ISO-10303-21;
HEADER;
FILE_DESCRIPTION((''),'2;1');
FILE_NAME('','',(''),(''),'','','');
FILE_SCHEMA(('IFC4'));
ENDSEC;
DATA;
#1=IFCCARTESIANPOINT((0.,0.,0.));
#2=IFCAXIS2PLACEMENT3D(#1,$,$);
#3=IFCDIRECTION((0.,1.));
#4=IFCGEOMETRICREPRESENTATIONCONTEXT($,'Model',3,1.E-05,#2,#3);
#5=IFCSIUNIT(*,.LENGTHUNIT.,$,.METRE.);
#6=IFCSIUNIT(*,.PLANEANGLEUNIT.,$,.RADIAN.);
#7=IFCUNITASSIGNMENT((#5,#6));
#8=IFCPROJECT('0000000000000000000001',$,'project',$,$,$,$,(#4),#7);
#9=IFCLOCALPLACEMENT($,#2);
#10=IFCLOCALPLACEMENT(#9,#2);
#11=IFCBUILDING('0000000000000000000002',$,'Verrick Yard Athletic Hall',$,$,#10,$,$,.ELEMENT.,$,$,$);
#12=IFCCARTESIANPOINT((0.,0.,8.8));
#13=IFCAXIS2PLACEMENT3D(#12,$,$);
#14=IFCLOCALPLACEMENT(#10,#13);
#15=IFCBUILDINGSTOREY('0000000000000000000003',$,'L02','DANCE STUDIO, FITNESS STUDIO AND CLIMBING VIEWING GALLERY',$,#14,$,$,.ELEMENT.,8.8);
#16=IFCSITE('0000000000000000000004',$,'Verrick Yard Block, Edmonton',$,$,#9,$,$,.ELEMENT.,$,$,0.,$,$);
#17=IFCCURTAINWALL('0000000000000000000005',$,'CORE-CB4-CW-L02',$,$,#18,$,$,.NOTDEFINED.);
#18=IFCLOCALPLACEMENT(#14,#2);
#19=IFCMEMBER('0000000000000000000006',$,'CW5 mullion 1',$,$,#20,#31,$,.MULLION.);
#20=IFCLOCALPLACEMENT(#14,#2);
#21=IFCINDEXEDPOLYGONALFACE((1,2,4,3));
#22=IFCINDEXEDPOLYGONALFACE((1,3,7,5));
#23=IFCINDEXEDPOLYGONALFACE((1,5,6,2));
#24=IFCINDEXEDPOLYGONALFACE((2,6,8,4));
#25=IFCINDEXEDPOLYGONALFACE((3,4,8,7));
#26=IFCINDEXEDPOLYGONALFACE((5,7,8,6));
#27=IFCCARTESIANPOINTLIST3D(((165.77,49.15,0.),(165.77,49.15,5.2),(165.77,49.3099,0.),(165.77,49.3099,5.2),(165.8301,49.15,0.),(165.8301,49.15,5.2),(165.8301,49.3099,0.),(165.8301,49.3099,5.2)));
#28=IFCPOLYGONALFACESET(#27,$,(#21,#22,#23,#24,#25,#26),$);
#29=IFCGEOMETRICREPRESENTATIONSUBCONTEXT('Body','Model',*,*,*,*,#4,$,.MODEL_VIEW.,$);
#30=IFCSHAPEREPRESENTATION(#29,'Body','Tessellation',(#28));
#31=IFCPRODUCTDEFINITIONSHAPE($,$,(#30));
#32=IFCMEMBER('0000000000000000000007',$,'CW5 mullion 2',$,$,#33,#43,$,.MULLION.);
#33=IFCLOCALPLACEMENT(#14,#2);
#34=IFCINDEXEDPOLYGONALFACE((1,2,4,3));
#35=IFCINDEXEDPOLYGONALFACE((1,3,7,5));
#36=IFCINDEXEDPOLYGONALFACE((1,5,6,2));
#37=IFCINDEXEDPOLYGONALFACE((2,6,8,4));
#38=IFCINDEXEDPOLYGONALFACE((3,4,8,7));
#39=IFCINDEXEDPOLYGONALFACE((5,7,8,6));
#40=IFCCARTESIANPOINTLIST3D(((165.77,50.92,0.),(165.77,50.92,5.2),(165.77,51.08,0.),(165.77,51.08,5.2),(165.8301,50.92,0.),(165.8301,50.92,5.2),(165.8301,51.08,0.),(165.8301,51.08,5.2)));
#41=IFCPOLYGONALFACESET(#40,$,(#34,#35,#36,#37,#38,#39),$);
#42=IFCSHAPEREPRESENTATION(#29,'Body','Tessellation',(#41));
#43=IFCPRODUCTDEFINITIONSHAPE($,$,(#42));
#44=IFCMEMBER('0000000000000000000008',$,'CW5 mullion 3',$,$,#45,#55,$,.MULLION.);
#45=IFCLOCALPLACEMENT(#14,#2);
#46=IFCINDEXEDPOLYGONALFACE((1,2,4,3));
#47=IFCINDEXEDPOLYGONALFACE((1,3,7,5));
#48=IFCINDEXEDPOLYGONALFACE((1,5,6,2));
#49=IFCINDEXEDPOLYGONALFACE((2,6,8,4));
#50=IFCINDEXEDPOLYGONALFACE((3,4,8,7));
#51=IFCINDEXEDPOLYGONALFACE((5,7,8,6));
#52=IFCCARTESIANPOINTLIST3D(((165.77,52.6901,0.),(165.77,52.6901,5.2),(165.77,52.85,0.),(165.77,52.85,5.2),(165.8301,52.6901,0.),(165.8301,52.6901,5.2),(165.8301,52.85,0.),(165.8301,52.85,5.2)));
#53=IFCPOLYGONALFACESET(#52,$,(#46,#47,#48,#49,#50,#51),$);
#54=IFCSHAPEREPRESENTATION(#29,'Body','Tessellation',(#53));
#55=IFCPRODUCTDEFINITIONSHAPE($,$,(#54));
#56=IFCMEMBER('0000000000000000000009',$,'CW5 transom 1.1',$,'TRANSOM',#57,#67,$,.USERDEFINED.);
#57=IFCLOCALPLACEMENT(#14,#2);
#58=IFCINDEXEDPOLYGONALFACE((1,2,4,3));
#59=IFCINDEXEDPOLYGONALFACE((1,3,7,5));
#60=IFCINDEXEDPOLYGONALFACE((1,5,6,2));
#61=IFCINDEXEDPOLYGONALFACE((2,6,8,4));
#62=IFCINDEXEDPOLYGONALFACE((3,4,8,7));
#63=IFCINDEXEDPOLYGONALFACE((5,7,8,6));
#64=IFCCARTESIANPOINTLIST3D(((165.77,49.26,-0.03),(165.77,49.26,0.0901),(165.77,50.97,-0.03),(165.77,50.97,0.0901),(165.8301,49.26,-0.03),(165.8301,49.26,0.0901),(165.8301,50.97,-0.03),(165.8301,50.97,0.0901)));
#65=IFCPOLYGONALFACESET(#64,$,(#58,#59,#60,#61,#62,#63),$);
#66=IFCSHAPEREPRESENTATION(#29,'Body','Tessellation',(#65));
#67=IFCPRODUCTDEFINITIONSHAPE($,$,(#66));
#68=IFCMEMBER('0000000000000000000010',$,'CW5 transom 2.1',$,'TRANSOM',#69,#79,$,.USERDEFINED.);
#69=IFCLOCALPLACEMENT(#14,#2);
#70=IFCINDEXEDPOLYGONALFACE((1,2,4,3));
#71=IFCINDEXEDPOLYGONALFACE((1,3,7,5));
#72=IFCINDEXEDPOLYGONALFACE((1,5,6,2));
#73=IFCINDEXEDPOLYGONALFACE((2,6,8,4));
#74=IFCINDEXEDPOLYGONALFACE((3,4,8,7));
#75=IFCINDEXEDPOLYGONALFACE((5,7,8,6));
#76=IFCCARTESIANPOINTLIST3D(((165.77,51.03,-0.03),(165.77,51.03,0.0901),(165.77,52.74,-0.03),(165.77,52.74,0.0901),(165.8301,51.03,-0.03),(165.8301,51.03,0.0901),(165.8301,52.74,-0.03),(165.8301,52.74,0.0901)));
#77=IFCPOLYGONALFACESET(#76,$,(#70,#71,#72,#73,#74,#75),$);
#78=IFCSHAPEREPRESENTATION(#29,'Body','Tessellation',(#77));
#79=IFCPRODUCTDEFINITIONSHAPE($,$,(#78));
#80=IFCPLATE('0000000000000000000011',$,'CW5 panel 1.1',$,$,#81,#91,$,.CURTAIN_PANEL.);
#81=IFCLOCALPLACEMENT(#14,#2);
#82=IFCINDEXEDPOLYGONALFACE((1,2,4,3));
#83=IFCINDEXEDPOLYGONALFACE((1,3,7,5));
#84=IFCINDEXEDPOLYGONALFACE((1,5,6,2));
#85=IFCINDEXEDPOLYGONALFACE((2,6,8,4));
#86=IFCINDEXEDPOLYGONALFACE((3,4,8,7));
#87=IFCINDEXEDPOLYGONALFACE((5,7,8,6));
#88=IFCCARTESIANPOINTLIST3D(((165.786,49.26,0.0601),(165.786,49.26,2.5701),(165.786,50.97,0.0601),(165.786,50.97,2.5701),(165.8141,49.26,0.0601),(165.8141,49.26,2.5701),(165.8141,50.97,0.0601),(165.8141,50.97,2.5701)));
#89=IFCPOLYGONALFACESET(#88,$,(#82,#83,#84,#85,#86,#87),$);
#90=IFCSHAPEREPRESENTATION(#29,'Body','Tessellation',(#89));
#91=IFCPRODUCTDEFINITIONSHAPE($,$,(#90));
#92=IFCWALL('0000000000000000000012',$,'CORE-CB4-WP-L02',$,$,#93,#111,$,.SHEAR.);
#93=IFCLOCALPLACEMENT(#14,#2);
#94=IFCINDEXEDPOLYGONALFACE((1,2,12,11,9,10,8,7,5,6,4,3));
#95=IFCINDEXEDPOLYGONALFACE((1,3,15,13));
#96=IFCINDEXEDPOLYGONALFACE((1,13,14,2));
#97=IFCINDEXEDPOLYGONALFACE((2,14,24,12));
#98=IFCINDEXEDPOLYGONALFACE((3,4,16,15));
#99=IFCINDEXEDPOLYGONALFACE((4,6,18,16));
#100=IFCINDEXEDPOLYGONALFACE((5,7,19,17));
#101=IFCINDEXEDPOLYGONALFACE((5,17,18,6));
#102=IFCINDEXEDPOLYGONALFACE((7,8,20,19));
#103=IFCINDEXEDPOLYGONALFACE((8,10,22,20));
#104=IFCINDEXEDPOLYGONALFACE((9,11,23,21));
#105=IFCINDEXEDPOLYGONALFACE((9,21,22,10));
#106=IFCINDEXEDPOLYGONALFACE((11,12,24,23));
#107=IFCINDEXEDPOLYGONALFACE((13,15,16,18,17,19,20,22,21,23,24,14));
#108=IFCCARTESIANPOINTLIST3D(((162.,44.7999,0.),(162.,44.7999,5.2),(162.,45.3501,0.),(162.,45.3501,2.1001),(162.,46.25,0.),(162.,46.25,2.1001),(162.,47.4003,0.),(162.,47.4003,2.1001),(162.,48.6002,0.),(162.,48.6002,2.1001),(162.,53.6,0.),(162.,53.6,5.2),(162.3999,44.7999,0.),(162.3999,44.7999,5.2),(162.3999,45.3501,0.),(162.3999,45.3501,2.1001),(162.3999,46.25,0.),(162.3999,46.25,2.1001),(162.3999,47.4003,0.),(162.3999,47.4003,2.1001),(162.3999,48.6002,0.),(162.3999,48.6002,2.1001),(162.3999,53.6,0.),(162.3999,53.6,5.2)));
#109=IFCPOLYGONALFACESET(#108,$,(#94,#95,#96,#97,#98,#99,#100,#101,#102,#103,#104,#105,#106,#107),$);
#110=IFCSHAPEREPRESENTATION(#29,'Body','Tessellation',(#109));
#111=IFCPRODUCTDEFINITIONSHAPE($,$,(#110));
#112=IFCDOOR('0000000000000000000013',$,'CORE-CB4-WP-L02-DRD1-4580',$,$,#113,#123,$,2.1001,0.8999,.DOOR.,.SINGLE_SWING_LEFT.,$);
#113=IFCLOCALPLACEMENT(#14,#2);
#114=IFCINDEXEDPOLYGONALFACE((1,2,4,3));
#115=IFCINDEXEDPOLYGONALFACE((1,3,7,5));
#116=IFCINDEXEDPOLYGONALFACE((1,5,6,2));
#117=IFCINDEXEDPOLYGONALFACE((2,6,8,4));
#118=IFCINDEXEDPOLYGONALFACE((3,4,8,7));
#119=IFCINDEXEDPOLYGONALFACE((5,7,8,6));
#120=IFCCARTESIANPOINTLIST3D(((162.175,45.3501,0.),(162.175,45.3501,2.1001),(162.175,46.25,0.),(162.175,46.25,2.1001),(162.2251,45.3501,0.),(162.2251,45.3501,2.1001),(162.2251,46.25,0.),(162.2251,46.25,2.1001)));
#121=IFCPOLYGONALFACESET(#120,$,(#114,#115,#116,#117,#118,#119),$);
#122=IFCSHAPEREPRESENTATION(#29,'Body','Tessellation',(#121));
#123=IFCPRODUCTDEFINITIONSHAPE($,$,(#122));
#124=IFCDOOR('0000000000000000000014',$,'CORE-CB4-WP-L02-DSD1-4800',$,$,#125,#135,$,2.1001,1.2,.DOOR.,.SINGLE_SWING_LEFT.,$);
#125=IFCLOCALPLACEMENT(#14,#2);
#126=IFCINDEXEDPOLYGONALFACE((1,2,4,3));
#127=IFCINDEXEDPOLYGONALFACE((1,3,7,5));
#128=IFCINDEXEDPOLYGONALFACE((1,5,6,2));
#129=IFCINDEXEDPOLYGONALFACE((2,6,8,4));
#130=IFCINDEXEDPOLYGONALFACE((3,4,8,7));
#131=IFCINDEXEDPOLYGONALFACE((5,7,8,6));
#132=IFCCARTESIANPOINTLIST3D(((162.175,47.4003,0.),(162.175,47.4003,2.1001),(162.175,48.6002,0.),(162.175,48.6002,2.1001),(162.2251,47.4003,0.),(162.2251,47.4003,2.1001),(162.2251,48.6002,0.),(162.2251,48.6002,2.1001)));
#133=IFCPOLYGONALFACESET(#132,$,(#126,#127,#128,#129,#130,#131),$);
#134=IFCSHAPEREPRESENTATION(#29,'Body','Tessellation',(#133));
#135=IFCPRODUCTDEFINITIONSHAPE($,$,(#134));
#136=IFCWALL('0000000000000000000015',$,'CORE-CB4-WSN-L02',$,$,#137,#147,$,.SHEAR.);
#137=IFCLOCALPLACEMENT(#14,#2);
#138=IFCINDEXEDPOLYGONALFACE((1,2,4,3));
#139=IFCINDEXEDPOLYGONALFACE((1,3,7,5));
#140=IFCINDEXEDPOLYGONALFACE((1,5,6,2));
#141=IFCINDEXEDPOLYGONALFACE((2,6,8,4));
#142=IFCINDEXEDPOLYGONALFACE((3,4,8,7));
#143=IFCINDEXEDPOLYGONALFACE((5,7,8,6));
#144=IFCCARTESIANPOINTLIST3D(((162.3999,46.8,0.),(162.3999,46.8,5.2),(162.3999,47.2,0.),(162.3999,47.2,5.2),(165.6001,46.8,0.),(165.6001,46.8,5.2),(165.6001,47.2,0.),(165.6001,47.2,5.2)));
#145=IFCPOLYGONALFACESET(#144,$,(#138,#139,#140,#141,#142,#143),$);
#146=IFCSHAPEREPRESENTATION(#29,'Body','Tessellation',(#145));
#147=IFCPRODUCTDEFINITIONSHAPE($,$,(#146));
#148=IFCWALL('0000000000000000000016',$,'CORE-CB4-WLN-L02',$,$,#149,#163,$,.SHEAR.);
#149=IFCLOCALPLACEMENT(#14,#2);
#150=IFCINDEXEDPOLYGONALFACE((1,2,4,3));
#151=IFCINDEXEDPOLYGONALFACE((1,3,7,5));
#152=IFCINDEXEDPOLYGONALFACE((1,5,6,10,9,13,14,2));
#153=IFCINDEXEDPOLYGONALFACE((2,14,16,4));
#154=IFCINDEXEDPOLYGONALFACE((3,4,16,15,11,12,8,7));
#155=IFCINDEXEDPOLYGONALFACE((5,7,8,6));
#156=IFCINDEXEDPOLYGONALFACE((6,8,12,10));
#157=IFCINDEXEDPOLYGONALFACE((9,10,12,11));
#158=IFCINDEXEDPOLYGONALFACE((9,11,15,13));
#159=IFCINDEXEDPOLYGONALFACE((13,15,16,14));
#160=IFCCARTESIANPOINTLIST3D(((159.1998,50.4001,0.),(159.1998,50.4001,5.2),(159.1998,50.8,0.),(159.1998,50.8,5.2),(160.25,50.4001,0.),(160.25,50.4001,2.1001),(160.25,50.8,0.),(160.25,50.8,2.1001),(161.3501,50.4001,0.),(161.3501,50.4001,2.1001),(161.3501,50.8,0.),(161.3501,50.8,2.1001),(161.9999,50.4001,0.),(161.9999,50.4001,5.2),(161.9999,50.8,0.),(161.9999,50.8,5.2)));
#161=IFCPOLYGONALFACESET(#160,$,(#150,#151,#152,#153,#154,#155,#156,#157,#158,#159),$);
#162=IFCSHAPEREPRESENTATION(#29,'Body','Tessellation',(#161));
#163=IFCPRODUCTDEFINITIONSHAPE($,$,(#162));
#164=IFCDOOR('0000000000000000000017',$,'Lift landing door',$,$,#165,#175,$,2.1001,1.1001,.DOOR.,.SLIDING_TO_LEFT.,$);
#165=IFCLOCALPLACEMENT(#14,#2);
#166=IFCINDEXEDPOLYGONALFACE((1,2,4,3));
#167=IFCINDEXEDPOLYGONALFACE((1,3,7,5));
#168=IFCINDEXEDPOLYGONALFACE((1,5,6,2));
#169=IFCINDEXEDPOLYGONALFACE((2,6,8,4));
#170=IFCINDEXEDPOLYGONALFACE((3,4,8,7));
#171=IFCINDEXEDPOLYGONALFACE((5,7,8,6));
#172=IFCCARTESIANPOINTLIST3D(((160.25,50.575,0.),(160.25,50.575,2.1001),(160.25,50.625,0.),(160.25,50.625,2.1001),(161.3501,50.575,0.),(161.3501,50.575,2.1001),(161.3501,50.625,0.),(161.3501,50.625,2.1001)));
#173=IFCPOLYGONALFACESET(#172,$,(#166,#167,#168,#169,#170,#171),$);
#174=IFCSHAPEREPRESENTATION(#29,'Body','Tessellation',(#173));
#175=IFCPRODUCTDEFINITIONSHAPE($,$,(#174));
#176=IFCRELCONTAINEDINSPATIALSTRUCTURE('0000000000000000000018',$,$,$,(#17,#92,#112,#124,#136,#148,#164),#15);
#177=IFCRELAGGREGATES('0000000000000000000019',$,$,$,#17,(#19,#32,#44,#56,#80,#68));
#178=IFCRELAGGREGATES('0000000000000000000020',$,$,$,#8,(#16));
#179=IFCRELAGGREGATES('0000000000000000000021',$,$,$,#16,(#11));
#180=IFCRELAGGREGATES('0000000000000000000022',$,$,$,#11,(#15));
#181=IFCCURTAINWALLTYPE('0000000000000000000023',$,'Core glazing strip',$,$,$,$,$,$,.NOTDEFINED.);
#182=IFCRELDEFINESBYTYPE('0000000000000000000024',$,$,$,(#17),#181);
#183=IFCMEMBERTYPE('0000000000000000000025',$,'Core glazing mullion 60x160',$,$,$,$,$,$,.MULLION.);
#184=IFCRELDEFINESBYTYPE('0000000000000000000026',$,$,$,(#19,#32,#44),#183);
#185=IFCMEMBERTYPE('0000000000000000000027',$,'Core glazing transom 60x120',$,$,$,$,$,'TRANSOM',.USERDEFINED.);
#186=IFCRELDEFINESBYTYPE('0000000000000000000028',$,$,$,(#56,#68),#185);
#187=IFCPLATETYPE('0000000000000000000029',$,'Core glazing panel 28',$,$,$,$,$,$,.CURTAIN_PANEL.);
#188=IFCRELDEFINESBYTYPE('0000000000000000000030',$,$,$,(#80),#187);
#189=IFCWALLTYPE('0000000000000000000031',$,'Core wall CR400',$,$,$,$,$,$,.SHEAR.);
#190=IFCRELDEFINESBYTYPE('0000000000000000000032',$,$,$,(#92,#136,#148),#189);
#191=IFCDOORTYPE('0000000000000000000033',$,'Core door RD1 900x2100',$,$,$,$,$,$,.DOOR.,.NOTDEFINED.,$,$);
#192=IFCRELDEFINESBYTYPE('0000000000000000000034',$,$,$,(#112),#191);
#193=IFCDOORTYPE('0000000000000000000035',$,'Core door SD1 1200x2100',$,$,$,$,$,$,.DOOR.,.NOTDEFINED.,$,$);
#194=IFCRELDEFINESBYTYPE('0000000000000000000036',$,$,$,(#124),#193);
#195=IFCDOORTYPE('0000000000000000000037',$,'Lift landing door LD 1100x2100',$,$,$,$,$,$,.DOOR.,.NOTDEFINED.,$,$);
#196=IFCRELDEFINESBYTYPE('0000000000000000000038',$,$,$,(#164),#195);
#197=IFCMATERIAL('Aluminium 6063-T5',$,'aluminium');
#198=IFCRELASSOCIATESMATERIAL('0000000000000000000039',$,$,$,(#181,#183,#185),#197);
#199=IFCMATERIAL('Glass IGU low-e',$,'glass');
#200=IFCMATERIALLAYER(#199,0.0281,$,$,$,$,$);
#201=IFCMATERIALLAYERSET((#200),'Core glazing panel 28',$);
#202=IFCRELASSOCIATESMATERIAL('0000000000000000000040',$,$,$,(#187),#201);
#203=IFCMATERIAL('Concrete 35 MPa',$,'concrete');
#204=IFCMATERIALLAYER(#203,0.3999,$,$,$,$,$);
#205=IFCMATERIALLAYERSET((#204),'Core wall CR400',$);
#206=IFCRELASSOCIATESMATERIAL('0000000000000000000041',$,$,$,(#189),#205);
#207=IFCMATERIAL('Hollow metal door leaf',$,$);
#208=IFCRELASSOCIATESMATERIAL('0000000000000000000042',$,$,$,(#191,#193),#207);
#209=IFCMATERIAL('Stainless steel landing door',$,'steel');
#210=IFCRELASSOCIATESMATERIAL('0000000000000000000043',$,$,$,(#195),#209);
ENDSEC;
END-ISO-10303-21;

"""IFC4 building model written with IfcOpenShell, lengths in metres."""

from ifc_helpers import new_model, si_unit, direction, frame, frame_2d, origin, origin_2d, place, context, subcontext, project, spatial, rectangle, extrude, material, layer, layer_set, material_profile, profile_set, type_object, element, fill, aggregate, save


model = new_model("IFC4")

# Units and contexts
model_context = context("Model", 3, precision=1e-05, world=origin(), true_north=direction((0.0, 1.0)))
body_context = subcontext(model_context, "Body", "Model", "MODEL_VIEW")
ifc_project = project(units=[si_unit("LENGTHUNIT", "METRE"), si_unit("PLANEANGLEUNIT", "RADIAN")], contexts=[model_context])

# Site, building, storey
site_placement = place(None, origin())
site = spatial("IfcSite", under=ifc_project, at=site_placement, Name="Verrick Yard Block, Edmonton", CompositionType="ELEMENT", RefElevation=0.0)
building_placement = place(site_placement, origin())
building = spatial("IfcBuilding", under=site, at=building_placement, Name="Verrick Yard Athletic Hall", CompositionType="ELEMENT")
storey_placement = place(building_placement, frame((0.0, 0.0, 8.8)))
storey = spatial("IfcBuildingStorey", under=building, at=storey_placement, Name="L02", Description="DANCE STUDIO, FITNESS STUDIO AND CLIMBING VIEWING GALLERY", CompositionType="ELEMENT", Elevation=8.8)

# Curtain wall, members, plate
ifc_material_1 = material(Name="Aluminium 6063-T5", Category="aluminium")
curtain_wall_type = type_object("IfcCurtainWallType", Name="Core glazing strip", PredefinedType="NOTDEFINED", material=ifc_material_1)
curtain_wall_placement = place(storey_placement, origin())
curtain_wall = element("IfcCurtainWall", 1, at=curtain_wall_placement, inside=storey, type_object=curtain_wall_type, Name="CORE-CB4-CW-L02", PredefinedType="NOTDEFINED")
ifc_material_profile_1 = material_profile(ifc_material_1, rectangle(XDim=0.0601, YDim=0.1599, at=origin_2d()), Name="Core glazing mullion 60x160")
ifc_profile_set_1 = profile_set([ifc_material_profile_1], Name="Aluminium 6063-T5")
member_type_1 = type_object("IfcMemberType", Name="Core glazing mullion 60x160", PredefinedType="MULLION", material=ifc_profile_set_1)
member_1_placement = place(storey_placement, frame((165.8, 49.23, 0.0), z_axis=(0.0, 0.0, 1.0), x_axis=(-1.0, 0.0, 0.0)))
member_1 = element("IfcMember", 2, at=member_1_placement, type_object=member_type_1, Name="CW5 mullion 1", PredefinedType="MULLION", context=body_context, shape_type="SweptSolid", body=[
    extrude(rectangle(XDim=0.0601, YDim=0.1599, at=origin_2d()), origin(), (0.0, 0.0, 1.0), 5.2),
])
member_2_placement = place(storey_placement, frame((165.8, 51.0, 0.0), z_axis=(0.0, 0.0, 1.0), x_axis=(-1.0, 0.0, 0.0)))
member_2 = element("IfcMember", 3, at=member_2_placement, type_object=member_type_1, Name="CW5 mullion 2", PredefinedType="MULLION", context=body_context, shape_type="SweptSolid", body=[
    extrude(rectangle(XDim=0.0601, YDim=0.1599, at=origin_2d()), origin(), (0.0, 0.0, 1.0), 5.2),
])
member_3_placement = place(storey_placement, frame((165.8, 52.77, 0.0), z_axis=(0.0, 0.0, 1.0), x_axis=(-1.0, 0.0, 0.0)))
member_3 = element("IfcMember", 4, at=member_3_placement, type_object=member_type_1, Name="CW5 mullion 3", PredefinedType="MULLION", context=body_context, shape_type="SweptSolid", body=[
    extrude(rectangle(XDim=0.0601, YDim=0.1599, at=origin_2d()), origin(), (0.0, 0.0, 1.0), 5.2),
])
ifc_material_profile_2 = material_profile(ifc_material_1, rectangle(XDim=0.0601, YDim=0.1201, at=origin_2d()), Name="Core glazing transom 60x120")
ifc_profile_set_2 = profile_set([ifc_material_profile_2], Name="Aluminium 6063-T5")
member_type_2 = type_object("IfcMemberType", Name="Core glazing transom 60x120", ElementType="TRANSOM", PredefinedType="USERDEFINED", material=ifc_profile_set_2)
member_4_placement = place(storey_placement, frame((165.8, 49.26, 0.03), z_axis=(0.0, 1.0, 0.0), x_axis=(-1.0, 0.0, 0.0)))
member_4 = element("IfcMember", 5, at=member_4_placement, type_object=member_type_2, Name="CW5 transom 1.1", ObjectType="TRANSOM", PredefinedType="USERDEFINED", context=body_context, shape_type="SweptSolid", body=[
    extrude(rectangle(XDim=0.0601, YDim=0.1201, at=origin_2d()), origin(), (0.0, 0.0, 1.0), 1.71),
])
member_5_placement = place(storey_placement, frame((165.8, 51.03, 0.03), z_axis=(0.0, 1.0, 0.0), x_axis=(-1.0, 0.0, 0.0)))
member_5 = element("IfcMember", 6, at=member_5_placement, type_object=member_type_2, Name="CW5 transom 2.1", ObjectType="TRANSOM", PredefinedType="USERDEFINED", context=body_context, shape_type="SweptSolid", body=[
    extrude(rectangle(XDim=0.0601, YDim=0.1201, at=origin_2d()), origin(), (0.0, 0.0, 1.0), 1.71),
])
ifc_material_2 = material(Name="Glass IGU low-e", Category="glass")
ifc_layer_1 = layer(ifc_material_2, 0.0281)
ifc_layer_set_1 = layer_set([ifc_layer_1], Name="Core glazing panel 28")
plate_type = type_object("IfcPlateType", Name="Core glazing panel 28", PredefinedType="CURTAIN_PANEL", material=ifc_layer_set_1)
plate_placement = place(storey_placement, frame((165.8, 50.115, 0.0601), z_axis=(0.0, 0.0, 1.0), x_axis=(0.0, 1.0, 0.0)))
plate = element("IfcPlate", 7, at=plate_placement, type_object=plate_type, Name="CW5 panel 1.1", PredefinedType="CURTAIN_PANEL", context=body_context, shape_type="SweptSolid", body=[
    extrude(rectangle(XDim=1.71, YDim=0.0281, at=origin_2d()), origin(), (0.0, 0.0, 1.0), 2.51),
])
aggregate(curtain_wall, [member_1, member_2, member_3, member_4, plate, member_5])

# Wall, openings, doors
ifc_material_3 = material(Name="Concrete 35 MPa", Category="concrete")
ifc_layer_2 = layer(ifc_material_3, 0.3999)
ifc_layer_set_2 = layer_set([ifc_layer_2], Name="Core wall CR400")
wall_type_1 = type_object("IfcWallType", Name="Core wall CR400", PredefinedType="SHEAR", material=ifc_layer_set_2)
wall_1_placement = place(storey_placement, frame((162.2, 44.8, 0.0), z_axis=(0.0, 0.0, 1.0), x_axis=(0.0, 1.0, 0.0)))
wall_1 = element("IfcWall", 8, at=wall_1_placement, inside=storey, type_object=wall_type_1, Name="CORE-CB4-WP-L02", PredefinedType="SHEAR", context=body_context, shape_type="SweptSolid", body=[
    extrude(rectangle(XDim=8.8, YDim=0.3999, at=frame_2d((4.3999, 0.0))), origin(), (0.0, 0.0, 1.0), 5.2),
])
opening_1_placement = place(wall_1_placement, frame((2.6001, 0.0, 0.0)))
opening_1 = element("IfcOpeningElement", 9, at=opening_1_placement, cuts=wall_1, PredefinedType="OPENING", context=body_context, shape_type="SweptSolid", body=[
    extrude(rectangle(XDim=1.2, YDim=2.1001, at=frame_2d((0.6001, 1.05))), frame((0.0, 0.21, 0.0), z_axis=(0.0, -1.0, 0.0), x_axis=(1.0, 0.0, 0.0)), (0.0, 0.0, 1.0), 0.4199),
])
opening_2_placement = place(wall_1_placement, frame((0.55, 0.0, 0.0)))
opening_2 = element("IfcOpeningElement", 10, at=opening_2_placement, cuts=wall_1, PredefinedType="OPENING", context=body_context, shape_type="SweptSolid", body=[
    extrude(rectangle(XDim=0.8999, YDim=2.1001, at=frame_2d((0.45, 1.05))), frame((0.0, 0.21, 0.0), z_axis=(0.0, -1.0, 0.0), x_axis=(1.0, 0.0, 0.0)), (0.0, 0.0, 1.0), 0.4199),
])
ifc_material_4 = material(Name="Hollow metal door leaf")
door_type_1 = type_object("IfcDoorType", Name="Core door RD1 900x2100", OperationType="NOTDEFINED", PredefinedType="DOOR", material=ifc_material_4)
door_1_placement = place(opening_2_placement, origin())
door_1 = element("IfcDoor", 11, at=door_1_placement, inside=storey, type_object=door_type_1, Name="CORE-CB4-WP-L02-DRD1-4580", OperationType="SINGLE_SWING_LEFT", OverallHeight=2.1001, OverallWidth=0.8999, PredefinedType="DOOR", context=body_context, shape_type="SweptSolid", body=[
    extrude(rectangle(XDim=0.8999, YDim=2.1001, at=frame_2d((0.45, 1.05))), frame((0.0, 0.0249, 0.0), z_axis=(0.0, -1.0, 0.0), x_axis=(1.0, 0.0, 0.0)), (0.0, 0.0, 1.0), 0.05),
])
fill(opening_2, door_1)
door_type_2 = type_object("IfcDoorType", Name="Core door SD1 1200x2100", OperationType="NOTDEFINED", PredefinedType="DOOR", material=ifc_material_4)
door_2_placement = place(opening_1_placement, origin())
door_2 = element("IfcDoor", 12, at=door_2_placement, inside=storey, type_object=door_type_2, Name="CORE-CB4-WP-L02-DSD1-4800", OperationType="SINGLE_SWING_LEFT", OverallHeight=2.1001, OverallWidth=1.2, PredefinedType="DOOR", context=body_context, shape_type="SweptSolid", body=[
    extrude(rectangle(XDim=1.2, YDim=2.1001, at=frame_2d((0.6001, 1.05))), frame((0.0, 0.0249, 0.0), z_axis=(0.0, -1.0, 0.0), x_axis=(1.0, 0.0, 0.0)), (0.0, 0.0, 1.0), 0.05),
])
fill(opening_1, door_2)

# Wall
wall_2_placement = place(storey_placement, frame((162.3999, 47.0, 0.0), z_axis=(0.0, 0.0, 1.0), x_axis=(1.0, 0.0, 0.0)))
element("IfcWall", 13, at=wall_2_placement, inside=storey, type_object=wall_type_1, Name="CORE-CB4-WSN-L02", PredefinedType="SHEAR", context=body_context, shape_type="SweptSolid", body=[
    extrude(rectangle(XDim=3.2002, YDim=0.3999, at=frame_2d((1.6001, 0.0))), origin(), (0.0, 0.0, 1.0), 5.2),
])

# Wall, opening, door
wall_3_placement = place(storey_placement, frame((159.2, 50.6001, 0.0), z_axis=(0.0, 0.0, 1.0), x_axis=(1.0, 0.0, 0.0)))
wall_3 = element("IfcWall", 14, at=wall_3_placement, inside=storey, type_object=wall_type_1, Name="CORE-CB4-WLN-L02", PredefinedType="SHEAR", context=body_context, shape_type="SweptSolid", body=[
    extrude(rectangle(XDim=2.8, YDim=0.3999, at=frame_2d((1.3999, 0.0))), origin(), (0.0, 0.0, 1.0), 5.2),
])
opening_3_placement = place(wall_3_placement, frame((1.05, 0.0, 0.0)))
opening_3 = element("IfcOpeningElement", 15, at=opening_3_placement, cuts=wall_3, PredefinedType="OPENING", context=body_context, shape_type="SweptSolid", body=[
    extrude(rectangle(XDim=1.1001, YDim=2.1001, at=frame_2d((0.55, 1.05))), frame((0.0, 0.21, 0.0), z_axis=(0.0, -1.0, 0.0), x_axis=(1.0, 0.0, 0.0)), (0.0, 0.0, 1.0), 0.4199),
])
ifc_material_5 = material(Name="Stainless steel landing door", Category="steel")
door_type_3 = type_object("IfcDoorType", Name="Lift landing door LD 1100x2100", OperationType="NOTDEFINED", PredefinedType="DOOR", material=ifc_material_5)
door_3_placement = place(opening_3_placement, origin())
door_3 = element("IfcDoor", 16, at=door_3_placement, inside=storey, type_object=door_type_3, Name="Lift landing door", OperationType="SLIDING_TO_LEFT", OverallHeight=2.1001, OverallWidth=1.1001, PredefinedType="DOOR", context=body_context, shape_type="SweptSolid", body=[
    extrude(rectangle(XDim=1.1001, YDim=2.1001, at=frame_2d((0.55, 1.05))), frame((0.0, 0.0249, 0.0), z_axis=(0.0, -1.0, 0.0), x_axis=(1.0, 0.0, 0.0)), (0.0, 0.0, 1.0), 0.05),
])
fill(opening_3, door_3)

save(model, "model.ifc")
